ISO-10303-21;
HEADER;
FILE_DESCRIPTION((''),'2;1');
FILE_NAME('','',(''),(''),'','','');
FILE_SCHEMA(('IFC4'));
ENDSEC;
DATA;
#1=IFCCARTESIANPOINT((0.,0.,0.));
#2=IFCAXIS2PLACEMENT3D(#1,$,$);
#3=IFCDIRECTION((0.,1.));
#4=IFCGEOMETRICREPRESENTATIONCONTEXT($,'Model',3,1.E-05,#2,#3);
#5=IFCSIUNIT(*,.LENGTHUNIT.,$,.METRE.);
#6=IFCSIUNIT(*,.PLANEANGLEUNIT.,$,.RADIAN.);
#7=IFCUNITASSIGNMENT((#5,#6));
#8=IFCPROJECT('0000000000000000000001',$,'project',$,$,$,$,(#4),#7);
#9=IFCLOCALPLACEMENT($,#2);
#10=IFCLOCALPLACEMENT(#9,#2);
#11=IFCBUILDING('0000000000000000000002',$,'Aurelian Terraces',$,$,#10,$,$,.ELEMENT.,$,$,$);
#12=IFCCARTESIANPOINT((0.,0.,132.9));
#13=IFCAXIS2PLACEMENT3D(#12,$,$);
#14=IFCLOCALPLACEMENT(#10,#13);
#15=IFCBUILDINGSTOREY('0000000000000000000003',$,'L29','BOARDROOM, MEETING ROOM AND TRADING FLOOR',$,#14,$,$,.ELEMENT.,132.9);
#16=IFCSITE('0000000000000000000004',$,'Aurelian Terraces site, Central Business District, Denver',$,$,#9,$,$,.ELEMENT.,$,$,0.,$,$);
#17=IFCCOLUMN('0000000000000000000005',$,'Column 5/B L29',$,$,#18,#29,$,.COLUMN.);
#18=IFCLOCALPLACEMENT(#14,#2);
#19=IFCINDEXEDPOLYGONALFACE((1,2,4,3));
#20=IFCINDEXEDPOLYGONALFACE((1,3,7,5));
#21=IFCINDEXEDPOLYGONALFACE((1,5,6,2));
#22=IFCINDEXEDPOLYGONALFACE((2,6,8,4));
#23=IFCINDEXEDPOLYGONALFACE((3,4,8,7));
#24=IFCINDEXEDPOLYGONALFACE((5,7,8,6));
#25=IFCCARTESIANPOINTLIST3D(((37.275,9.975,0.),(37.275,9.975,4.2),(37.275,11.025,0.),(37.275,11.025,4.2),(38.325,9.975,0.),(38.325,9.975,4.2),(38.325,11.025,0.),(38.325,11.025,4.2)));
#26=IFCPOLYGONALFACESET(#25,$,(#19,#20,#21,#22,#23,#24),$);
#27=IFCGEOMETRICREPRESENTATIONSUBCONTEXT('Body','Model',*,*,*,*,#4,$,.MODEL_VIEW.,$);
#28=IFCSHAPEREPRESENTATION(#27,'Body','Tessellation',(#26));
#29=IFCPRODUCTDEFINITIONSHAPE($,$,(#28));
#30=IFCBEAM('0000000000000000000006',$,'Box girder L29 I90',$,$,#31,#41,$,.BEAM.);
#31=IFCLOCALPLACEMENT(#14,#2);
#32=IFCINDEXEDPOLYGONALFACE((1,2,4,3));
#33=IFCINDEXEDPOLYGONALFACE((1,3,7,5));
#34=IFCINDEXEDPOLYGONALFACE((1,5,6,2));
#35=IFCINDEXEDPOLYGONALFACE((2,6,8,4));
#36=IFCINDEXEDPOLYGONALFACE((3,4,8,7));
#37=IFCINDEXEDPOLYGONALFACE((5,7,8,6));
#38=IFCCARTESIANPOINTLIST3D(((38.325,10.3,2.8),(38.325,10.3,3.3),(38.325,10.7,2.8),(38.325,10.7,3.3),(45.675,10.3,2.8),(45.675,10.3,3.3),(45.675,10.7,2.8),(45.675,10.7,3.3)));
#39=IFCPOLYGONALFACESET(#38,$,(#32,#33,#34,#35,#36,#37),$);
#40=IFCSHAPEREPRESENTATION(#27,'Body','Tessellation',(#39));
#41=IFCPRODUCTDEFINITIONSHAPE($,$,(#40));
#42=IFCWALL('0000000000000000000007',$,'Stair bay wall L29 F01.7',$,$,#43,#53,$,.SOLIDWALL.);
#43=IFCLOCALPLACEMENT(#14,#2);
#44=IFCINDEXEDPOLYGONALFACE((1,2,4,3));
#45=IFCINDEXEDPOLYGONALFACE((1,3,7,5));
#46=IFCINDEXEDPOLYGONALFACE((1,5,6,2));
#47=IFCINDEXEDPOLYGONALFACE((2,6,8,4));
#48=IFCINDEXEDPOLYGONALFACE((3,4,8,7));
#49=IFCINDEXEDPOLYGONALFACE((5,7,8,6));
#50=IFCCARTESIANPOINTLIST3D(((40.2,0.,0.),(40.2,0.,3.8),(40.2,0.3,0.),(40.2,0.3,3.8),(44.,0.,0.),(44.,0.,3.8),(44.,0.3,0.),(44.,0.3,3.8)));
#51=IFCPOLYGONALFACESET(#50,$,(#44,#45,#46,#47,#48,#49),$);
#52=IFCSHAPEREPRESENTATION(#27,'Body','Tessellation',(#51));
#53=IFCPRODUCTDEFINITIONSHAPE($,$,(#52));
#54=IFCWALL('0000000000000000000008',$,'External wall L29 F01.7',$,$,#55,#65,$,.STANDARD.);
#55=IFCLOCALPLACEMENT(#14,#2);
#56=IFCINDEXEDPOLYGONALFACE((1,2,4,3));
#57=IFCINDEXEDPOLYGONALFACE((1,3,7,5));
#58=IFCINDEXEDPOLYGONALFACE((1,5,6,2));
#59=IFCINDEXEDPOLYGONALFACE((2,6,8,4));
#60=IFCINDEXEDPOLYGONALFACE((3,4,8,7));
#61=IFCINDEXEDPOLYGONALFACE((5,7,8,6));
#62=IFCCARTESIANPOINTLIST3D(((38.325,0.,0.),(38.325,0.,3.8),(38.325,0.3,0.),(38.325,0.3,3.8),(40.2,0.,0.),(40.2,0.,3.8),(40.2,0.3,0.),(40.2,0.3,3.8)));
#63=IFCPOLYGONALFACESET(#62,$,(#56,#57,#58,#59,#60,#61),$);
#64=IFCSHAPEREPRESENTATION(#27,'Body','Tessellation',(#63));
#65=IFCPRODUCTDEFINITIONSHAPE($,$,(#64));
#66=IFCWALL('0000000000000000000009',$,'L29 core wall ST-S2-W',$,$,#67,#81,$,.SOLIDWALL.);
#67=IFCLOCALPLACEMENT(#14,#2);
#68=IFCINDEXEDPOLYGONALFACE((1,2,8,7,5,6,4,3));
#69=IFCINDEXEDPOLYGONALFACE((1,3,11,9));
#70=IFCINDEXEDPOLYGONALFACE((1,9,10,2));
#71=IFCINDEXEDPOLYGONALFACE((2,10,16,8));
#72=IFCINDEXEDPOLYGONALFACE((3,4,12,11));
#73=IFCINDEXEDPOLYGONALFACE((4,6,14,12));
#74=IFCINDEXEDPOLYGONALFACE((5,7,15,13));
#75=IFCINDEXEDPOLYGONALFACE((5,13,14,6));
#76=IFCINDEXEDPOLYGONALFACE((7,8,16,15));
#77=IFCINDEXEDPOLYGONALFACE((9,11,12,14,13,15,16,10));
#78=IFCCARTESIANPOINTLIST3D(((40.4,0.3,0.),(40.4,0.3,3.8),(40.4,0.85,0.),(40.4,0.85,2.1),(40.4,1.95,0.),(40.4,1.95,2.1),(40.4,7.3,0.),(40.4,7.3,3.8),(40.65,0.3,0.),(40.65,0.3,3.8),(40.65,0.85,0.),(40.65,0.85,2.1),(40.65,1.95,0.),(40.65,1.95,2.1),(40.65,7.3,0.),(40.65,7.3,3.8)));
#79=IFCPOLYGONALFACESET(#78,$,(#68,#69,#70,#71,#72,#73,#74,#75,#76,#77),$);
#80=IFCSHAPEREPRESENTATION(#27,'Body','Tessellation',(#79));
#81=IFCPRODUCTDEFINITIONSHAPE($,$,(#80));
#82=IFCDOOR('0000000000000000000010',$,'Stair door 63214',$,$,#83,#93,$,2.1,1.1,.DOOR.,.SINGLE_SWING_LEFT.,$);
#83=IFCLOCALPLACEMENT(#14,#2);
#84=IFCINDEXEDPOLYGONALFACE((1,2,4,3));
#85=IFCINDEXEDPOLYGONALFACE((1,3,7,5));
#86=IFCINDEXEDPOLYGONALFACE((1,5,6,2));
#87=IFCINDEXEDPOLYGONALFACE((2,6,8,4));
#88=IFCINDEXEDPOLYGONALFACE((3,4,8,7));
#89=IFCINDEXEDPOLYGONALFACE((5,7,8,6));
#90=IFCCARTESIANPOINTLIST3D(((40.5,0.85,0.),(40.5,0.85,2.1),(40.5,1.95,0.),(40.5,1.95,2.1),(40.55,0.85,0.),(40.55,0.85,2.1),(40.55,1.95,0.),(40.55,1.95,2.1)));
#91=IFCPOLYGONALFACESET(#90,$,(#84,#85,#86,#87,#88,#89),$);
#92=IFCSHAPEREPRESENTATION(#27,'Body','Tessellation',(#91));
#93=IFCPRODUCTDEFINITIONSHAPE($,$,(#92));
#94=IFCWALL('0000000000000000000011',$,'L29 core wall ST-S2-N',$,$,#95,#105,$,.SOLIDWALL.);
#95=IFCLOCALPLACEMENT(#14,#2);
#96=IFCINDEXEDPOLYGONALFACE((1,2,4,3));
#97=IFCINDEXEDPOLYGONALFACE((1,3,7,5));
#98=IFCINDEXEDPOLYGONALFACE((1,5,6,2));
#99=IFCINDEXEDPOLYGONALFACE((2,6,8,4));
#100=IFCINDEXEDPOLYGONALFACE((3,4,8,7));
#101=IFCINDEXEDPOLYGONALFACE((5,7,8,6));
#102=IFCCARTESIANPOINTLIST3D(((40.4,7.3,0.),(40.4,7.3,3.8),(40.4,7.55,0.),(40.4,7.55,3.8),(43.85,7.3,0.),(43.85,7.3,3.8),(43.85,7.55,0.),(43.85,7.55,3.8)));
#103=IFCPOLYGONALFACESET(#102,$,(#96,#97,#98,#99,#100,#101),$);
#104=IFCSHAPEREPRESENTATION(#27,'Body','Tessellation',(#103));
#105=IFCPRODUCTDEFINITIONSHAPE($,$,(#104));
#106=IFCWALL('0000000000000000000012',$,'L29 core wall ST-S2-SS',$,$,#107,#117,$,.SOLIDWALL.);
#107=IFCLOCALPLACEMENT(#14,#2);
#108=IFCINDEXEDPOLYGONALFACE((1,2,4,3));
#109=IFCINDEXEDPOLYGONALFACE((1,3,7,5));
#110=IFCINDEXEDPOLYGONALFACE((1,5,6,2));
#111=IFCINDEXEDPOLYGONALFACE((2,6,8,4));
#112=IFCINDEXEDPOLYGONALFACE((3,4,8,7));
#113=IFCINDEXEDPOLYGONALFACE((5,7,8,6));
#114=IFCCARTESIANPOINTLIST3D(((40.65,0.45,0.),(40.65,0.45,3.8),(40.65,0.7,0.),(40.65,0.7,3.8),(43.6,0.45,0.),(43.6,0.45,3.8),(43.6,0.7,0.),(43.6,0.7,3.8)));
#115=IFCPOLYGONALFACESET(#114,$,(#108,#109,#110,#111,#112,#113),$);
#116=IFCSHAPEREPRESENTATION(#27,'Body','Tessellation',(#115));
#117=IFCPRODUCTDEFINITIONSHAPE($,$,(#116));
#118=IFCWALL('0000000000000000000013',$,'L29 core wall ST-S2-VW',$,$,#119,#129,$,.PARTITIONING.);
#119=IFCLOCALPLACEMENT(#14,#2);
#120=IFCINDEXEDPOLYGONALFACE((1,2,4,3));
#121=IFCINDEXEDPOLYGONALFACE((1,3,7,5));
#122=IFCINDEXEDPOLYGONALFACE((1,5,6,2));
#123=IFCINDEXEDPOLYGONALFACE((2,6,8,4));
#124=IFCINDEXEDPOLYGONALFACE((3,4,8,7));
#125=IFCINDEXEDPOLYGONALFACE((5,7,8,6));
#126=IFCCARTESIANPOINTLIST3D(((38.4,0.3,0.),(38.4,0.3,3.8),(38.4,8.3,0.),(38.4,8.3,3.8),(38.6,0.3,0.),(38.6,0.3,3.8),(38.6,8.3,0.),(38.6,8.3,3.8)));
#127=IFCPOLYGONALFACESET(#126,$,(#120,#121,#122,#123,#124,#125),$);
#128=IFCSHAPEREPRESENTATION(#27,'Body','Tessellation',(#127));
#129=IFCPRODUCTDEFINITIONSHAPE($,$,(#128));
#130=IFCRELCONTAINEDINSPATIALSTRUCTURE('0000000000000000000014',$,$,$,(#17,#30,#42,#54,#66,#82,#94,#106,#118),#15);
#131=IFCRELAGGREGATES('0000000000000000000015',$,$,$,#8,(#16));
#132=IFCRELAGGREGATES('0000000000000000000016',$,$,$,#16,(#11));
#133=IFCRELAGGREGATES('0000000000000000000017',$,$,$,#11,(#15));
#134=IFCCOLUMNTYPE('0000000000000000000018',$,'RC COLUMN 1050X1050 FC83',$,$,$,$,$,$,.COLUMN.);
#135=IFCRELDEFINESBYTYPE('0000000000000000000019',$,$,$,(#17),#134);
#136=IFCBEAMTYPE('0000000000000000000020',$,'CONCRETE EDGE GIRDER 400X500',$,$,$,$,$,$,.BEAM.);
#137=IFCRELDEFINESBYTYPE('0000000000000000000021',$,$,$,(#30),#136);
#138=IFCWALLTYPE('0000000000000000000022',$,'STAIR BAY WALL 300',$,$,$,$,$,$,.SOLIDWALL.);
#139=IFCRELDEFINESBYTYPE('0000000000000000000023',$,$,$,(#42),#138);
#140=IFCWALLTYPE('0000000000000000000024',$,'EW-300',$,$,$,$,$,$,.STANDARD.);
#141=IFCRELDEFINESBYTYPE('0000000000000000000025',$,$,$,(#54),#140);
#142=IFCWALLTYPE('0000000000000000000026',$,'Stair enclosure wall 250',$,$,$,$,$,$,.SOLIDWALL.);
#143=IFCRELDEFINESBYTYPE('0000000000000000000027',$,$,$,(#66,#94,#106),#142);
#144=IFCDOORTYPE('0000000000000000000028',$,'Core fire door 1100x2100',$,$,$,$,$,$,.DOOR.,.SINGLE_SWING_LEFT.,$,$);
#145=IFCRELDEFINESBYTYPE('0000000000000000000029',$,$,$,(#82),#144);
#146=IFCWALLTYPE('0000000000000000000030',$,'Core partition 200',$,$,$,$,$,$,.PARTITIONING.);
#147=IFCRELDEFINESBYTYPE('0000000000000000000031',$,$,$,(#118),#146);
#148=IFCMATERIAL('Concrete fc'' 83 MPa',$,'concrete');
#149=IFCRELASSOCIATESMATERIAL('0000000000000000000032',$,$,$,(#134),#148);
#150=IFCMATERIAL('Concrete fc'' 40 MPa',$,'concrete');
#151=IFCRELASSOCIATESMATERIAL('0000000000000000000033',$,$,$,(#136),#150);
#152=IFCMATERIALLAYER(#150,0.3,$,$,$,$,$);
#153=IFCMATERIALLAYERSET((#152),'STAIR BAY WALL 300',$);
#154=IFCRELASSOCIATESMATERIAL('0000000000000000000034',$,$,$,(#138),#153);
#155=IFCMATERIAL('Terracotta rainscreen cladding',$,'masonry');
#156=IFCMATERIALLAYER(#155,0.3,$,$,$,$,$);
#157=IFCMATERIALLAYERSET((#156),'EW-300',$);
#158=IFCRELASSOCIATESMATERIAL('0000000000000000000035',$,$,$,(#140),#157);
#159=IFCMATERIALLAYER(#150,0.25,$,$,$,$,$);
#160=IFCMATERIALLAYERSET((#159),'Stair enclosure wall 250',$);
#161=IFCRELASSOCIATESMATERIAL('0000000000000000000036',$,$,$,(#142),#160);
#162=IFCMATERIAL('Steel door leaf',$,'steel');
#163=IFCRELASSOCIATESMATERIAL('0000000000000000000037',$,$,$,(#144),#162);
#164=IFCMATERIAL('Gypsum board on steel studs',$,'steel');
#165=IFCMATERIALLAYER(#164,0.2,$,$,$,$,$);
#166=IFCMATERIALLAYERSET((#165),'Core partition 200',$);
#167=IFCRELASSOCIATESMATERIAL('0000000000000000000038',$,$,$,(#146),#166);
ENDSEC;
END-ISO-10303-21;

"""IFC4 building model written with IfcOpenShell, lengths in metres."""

from ifc_helpers import new_model, si_unit, direction, frame, frame_2d, origin, origin_2d, place, context, subcontext, project, spatial, rectangle, extrude, source, transform, mapped, material, layer, layer_set, material_profile, profile_set, type_object, element, fill, save


model = new_model("IFC4")

# Units and contexts
model_context = context("Model", 3, precision=1e-05, world=origin(), true_north=direction((0.0, 1.0)))
body_context = subcontext(model_context, "Body", "Model", "MODEL_VIEW")
ifc_project = project(units=[si_unit("LENGTHUNIT", "METRE"), si_unit("PLANEANGLEUNIT", "RADIAN")], contexts=[model_context])

# Site, building, storey
site_placement = place(None, origin())
site = spatial("IfcSite", under=ifc_project, at=site_placement, Name="Aurelian Terraces site, Central Business District, Denver", CompositionType="ELEMENT", RefElevation=0.0)
building_placement = place(site_placement, origin())
building = spatial("IfcBuilding", under=site, at=building_placement, Name="Aurelian Terraces", CompositionType="ELEMENT")
storey_placement = place(building_placement, frame((0.0, 0.0, 132.9)))
storey = spatial("IfcBuildingStorey", under=building, at=storey_placement, Name="L29", Description="BOARDROOM, MEETING ROOM AND TRADING FLOOR", CompositionType="ELEMENT", Elevation=132.9)

# Column
ifc_material_1 = material(Name="Concrete fc' 83 MPa", Category="concrete")
ifc_material_profile_1 = material_profile(ifc_material_1, rectangle(XDim=1.05, YDim=1.05, at=origin_2d()))
ifc_profile_set_1 = profile_set([ifc_material_profile_1], Name="Concrete fc' 83 MPa")
column_type = type_object("IfcColumnType", Name="RC COLUMN 1050X1050 FC83", PredefinedType="COLUMN", material=ifc_profile_set_1)
shared_shape_1 = source(origin(), body_context, "Body", "SweptSolid", [
    extrude(rectangle(XDim=1.05, YDim=1.05, at=origin_2d()), origin(), (0.0, 0.0, 1.0), 4.2),
])
column_placement = place(storey_placement, frame((37.8, 10.5, 0.0), z_axis=(0.0, 0.0, 1.0), x_axis=(1.0, 0.0, 0.0)))
element("IfcColumn", 1, at=column_placement, inside=storey, type_object=column_type, Name="Column 5/B L29", PredefinedType="COLUMN", context=body_context, shape_type="MappedRepresentation", body=[
    mapped(shared_shape_1, transform((0.0, 0.0, 0.0), scale=1.0)),
])

# Beam
ifc_material_2 = material(Name="Concrete fc' 40 MPa", Category="concrete")
ifc_material_profile_2 = material_profile(ifc_material_2, rectangle(XDim=0.4, YDim=0.5, at=origin_2d()))
ifc_profile_set_2 = profile_set([ifc_material_profile_2], Name="Concrete fc' 40 MPa")
beam_type = type_object("IfcBeamType", Name="CONCRETE EDGE GIRDER 400X500", PredefinedType="BEAM", material=ifc_profile_set_2)
shared_shape_2 = source(origin(), body_context, "Body", "SweptSolid", [
    extrude(rectangle(XDim=0.4, YDim=0.5, at=origin_2d()), origin(), (0.0, 0.0, 1.0), 7.35),
])
beam_placement = place(storey_placement, frame((38.325, 10.5, 3.05), z_axis=(1.0, 0.0, 0.0), x_axis=(0.0, 1.0, 0.0)))
element("IfcBeam", 2, at=beam_placement, inside=storey, type_object=beam_type, Name="Box girder L29 I90", PredefinedType="BEAM", context=body_context, shape_type="MappedRepresentation", body=[
    mapped(shared_shape_2, transform((0.0, 0.0, 0.0), scale=1.0)),
])

# Walls
ifc_layer_1 = layer(ifc_material_2, 0.3)
ifc_layer_set_1 = layer_set([ifc_layer_1], Name="STAIR BAY WALL 300")
wall_type_1 = type_object("IfcWallType", Name="STAIR BAY WALL 300", PredefinedType="SOLIDWALL", material=ifc_layer_set_1)
shared_shape_3 = source(origin(), body_context, "Body", "SweptSolid", [
    extrude(rectangle(XDim=3.8, YDim=0.3, at=frame_2d((1.9, 0.0))), origin(), (0.0, 0.0, 1.0), 3.8),
])
wall_1_placement = place(storey_placement, frame((40.2, 0.15, 0.0), z_axis=(0.0, 0.0, 1.0), x_axis=(1.0, 0.0, 0.0)))
element("IfcWall", 3, at=wall_1_placement, inside=storey, type_object=wall_type_1, Name="Stair bay wall L29 F01.7", PredefinedType="SOLIDWALL", context=body_context, shape_type="MappedRepresentation", body=[
    mapped(shared_shape_3, transform((0.0, 0.0, 0.0), scale=1.0)),
])
ifc_material_3 = material(Name="Terracotta rainscreen cladding", Category="masonry")
ifc_layer_2 = layer(ifc_material_3, 0.3)
ifc_layer_set_2 = layer_set([ifc_layer_2], Name="EW-300")
wall_type_2 = type_object("IfcWallType", Name="EW-300", PredefinedType="STANDARD", material=ifc_layer_set_2)
shared_shape_4 = source(origin(), body_context, "Body", "SweptSolid", [
    extrude(rectangle(XDim=1.875, YDim=0.3, at=frame_2d((0.9375, 0.0))), origin(), (0.0, 0.0, 1.0), 3.8),
])
wall_2_placement = place(storey_placement, frame((38.325, 0.15, 0.0), z_axis=(0.0, 0.0, 1.0), x_axis=(1.0, 0.0, 0.0)))
element("IfcWall", 4, at=wall_2_placement, inside=storey, type_object=wall_type_2, Name="External wall L29 F01.7", PredefinedType="STANDARD", context=body_context, shape_type="MappedRepresentation", body=[
    mapped(shared_shape_4, transform((0.0, 0.0, 0.0), scale=1.0)),
])

# Wall, opening, door
ifc_layer_3 = layer(ifc_material_2, 0.25)
ifc_layer_set_3 = layer_set([ifc_layer_3], Name="Stair enclosure wall 250")
wall_type_3 = type_object("IfcWallType", Name="Stair enclosure wall 250", PredefinedType="SOLIDWALL", material=ifc_layer_set_3)
shared_shape_5 = source(origin(), body_context, "Body", "SweptSolid", [
    extrude(rectangle(XDim=7.0, YDim=0.25, at=frame_2d((3.5, 0.0))), origin(), (0.0, 0.0, 1.0), 3.8),
])
wall_3_placement = place(storey_placement, frame((40.525, 0.3, 0.0), z_axis=(0.0, 0.0, 1.0), x_axis=(0.0, 1.0, 0.0)))
wall_3 = element("IfcWall", 5, at=wall_3_placement, inside=storey, type_object=wall_type_3, Name="L29 core wall ST-S2-W", PredefinedType="SOLIDWALL", context=body_context, shape_type="MappedRepresentation", body=[
    mapped(shared_shape_5, transform((0.0, 0.0, 0.0), scale=1.0)),
])
shared_shape_6 = source(origin(), body_context, "Body", "SweptSolid", [
    extrude(rectangle(XDim=1.1, YDim=2.1, at=frame_2d((0.55, 1.05))), frame((0.0, 0.135, 0.0), z_axis=(0.0, -1.0, 0.0), x_axis=(1.0, 0.0, 0.0)), (0.0, 0.0, 1.0), 0.27),
])
opening_1_placement = place(wall_3_placement, frame((0.55, 0.0, 0.0)))
opening_1 = element("IfcOpeningElement", 6, at=opening_1_placement, cuts=wall_3, PredefinedType="OPENING", context=body_context, shape_type="MappedRepresentation", body=[
    mapped(shared_shape_6, transform((0.0, 0.0, 0.0), scale=1.0)),
])
ifc_material_4 = material(Name="Steel door leaf", Category="steel")
door_type_1 = type_object("IfcDoorType", Name="Core fire door 1100x2100", OperationType="SINGLE_SWING_LEFT", PredefinedType="DOOR", material=ifc_material_4)
shared_shape_7 = source(origin(), body_context, "Body", "SweptSolid", [
    extrude(rectangle(XDim=1.1, YDim=2.1, at=frame_2d((0.55, 1.05))), frame((0.0, 0.025, 0.0), z_axis=(0.0, -1.0, 0.0), x_axis=(1.0, 0.0, 0.0)), (0.0, 0.0, 1.0), 0.05),
])
door_1_placement = place(opening_1_placement, origin())
door_1 = element("IfcDoor", 7, at=door_1_placement, inside=storey, type_object=door_type_1, Name="Stair door 63214", OperationType="SINGLE_SWING_LEFT", OverallHeight=2.1, OverallWidth=1.1, PredefinedType="DOOR", context=body_context, shape_type="MappedRepresentation", body=[
    mapped(shared_shape_7, transform((0.0, 0.0, 0.0), scale=1.0)),
])
fill(opening_1, door_1)

# Walls
shared_shape_8 = source(origin(), body_context, "Body", "SweptSolid", [
    extrude(rectangle(XDim=3.45, YDim=0.25, at=frame_2d((1.725, 0.0))), origin(), (0.0, 0.0, 1.0), 3.8),
])
wall_4_placement = place(storey_placement, frame((40.4, 7.425, 0.0), z_axis=(0.0, 0.0, 1.0), x_axis=(1.0, 0.0, 0.0)))
element("IfcWall", 8, at=wall_4_placement, inside=storey, type_object=wall_type_3, Name="L29 core wall ST-S2-N", PredefinedType="SOLIDWALL", context=body_context, shape_type="MappedRepresentation", body=[
    mapped(shared_shape_8, transform((0.0, 0.0, 0.0), scale=1.0)),
])
shared_shape_9 = source(origin(), body_context, "Body", "SweptSolid", [
    extrude(rectangle(XDim=2.95, YDim=0.25, at=frame_2d((1.475, 0.0))), origin(), (0.0, 0.0, 1.0), 3.8),
])
wall_5_placement = place(storey_placement, frame((40.65, 0.575, 0.0), z_axis=(0.0, 0.0, 1.0), x_axis=(1.0, 0.0, 0.0)))
element("IfcWall", 9, at=wall_5_placement, inside=storey, type_object=wall_type_3, Name="L29 core wall ST-S2-SS", PredefinedType="SOLIDWALL", context=body_context, shape_type="MappedRepresentation", body=[
    mapped(shared_shape_9, transform((0.0, 0.0, 0.0), scale=1.0)),
])
ifc_material_5 = material(Name="Gypsum board on steel studs", Category="steel")
ifc_layer_4 = layer(ifc_material_5, 0.2)
ifc_layer_set_4 = layer_set([ifc_layer_4], Name="Core partition 200")
wall_type_4 = type_object("IfcWallType", Name="Core partition 200", PredefinedType="PARTITIONING", material=ifc_layer_set_4)
shared_shape_10 = source(origin(), body_context, "Body", "SweptSolid", [
    extrude(rectangle(XDim=8.0, YDim=0.2, at=frame_2d((4.0, 0.0))), origin(), (0.0, 0.0, 1.0), 3.8),
])
wall_6_placement = place(storey_placement, frame((38.5, 0.3, 0.0), z_axis=(0.0, 0.0, 1.0), x_axis=(0.0, 1.0, 0.0)))
element("IfcWall", 10, at=wall_6_placement, inside=storey, type_object=wall_type_4, Name="L29 core wall ST-S2-VW", PredefinedType="PARTITIONING", context=body_context, shape_type="MappedRepresentation", body=[
    mapped(shared_shape_10, transform((0.0, 0.0, 0.0), scale=1.0)),
])

save(model, "model.ifc")
